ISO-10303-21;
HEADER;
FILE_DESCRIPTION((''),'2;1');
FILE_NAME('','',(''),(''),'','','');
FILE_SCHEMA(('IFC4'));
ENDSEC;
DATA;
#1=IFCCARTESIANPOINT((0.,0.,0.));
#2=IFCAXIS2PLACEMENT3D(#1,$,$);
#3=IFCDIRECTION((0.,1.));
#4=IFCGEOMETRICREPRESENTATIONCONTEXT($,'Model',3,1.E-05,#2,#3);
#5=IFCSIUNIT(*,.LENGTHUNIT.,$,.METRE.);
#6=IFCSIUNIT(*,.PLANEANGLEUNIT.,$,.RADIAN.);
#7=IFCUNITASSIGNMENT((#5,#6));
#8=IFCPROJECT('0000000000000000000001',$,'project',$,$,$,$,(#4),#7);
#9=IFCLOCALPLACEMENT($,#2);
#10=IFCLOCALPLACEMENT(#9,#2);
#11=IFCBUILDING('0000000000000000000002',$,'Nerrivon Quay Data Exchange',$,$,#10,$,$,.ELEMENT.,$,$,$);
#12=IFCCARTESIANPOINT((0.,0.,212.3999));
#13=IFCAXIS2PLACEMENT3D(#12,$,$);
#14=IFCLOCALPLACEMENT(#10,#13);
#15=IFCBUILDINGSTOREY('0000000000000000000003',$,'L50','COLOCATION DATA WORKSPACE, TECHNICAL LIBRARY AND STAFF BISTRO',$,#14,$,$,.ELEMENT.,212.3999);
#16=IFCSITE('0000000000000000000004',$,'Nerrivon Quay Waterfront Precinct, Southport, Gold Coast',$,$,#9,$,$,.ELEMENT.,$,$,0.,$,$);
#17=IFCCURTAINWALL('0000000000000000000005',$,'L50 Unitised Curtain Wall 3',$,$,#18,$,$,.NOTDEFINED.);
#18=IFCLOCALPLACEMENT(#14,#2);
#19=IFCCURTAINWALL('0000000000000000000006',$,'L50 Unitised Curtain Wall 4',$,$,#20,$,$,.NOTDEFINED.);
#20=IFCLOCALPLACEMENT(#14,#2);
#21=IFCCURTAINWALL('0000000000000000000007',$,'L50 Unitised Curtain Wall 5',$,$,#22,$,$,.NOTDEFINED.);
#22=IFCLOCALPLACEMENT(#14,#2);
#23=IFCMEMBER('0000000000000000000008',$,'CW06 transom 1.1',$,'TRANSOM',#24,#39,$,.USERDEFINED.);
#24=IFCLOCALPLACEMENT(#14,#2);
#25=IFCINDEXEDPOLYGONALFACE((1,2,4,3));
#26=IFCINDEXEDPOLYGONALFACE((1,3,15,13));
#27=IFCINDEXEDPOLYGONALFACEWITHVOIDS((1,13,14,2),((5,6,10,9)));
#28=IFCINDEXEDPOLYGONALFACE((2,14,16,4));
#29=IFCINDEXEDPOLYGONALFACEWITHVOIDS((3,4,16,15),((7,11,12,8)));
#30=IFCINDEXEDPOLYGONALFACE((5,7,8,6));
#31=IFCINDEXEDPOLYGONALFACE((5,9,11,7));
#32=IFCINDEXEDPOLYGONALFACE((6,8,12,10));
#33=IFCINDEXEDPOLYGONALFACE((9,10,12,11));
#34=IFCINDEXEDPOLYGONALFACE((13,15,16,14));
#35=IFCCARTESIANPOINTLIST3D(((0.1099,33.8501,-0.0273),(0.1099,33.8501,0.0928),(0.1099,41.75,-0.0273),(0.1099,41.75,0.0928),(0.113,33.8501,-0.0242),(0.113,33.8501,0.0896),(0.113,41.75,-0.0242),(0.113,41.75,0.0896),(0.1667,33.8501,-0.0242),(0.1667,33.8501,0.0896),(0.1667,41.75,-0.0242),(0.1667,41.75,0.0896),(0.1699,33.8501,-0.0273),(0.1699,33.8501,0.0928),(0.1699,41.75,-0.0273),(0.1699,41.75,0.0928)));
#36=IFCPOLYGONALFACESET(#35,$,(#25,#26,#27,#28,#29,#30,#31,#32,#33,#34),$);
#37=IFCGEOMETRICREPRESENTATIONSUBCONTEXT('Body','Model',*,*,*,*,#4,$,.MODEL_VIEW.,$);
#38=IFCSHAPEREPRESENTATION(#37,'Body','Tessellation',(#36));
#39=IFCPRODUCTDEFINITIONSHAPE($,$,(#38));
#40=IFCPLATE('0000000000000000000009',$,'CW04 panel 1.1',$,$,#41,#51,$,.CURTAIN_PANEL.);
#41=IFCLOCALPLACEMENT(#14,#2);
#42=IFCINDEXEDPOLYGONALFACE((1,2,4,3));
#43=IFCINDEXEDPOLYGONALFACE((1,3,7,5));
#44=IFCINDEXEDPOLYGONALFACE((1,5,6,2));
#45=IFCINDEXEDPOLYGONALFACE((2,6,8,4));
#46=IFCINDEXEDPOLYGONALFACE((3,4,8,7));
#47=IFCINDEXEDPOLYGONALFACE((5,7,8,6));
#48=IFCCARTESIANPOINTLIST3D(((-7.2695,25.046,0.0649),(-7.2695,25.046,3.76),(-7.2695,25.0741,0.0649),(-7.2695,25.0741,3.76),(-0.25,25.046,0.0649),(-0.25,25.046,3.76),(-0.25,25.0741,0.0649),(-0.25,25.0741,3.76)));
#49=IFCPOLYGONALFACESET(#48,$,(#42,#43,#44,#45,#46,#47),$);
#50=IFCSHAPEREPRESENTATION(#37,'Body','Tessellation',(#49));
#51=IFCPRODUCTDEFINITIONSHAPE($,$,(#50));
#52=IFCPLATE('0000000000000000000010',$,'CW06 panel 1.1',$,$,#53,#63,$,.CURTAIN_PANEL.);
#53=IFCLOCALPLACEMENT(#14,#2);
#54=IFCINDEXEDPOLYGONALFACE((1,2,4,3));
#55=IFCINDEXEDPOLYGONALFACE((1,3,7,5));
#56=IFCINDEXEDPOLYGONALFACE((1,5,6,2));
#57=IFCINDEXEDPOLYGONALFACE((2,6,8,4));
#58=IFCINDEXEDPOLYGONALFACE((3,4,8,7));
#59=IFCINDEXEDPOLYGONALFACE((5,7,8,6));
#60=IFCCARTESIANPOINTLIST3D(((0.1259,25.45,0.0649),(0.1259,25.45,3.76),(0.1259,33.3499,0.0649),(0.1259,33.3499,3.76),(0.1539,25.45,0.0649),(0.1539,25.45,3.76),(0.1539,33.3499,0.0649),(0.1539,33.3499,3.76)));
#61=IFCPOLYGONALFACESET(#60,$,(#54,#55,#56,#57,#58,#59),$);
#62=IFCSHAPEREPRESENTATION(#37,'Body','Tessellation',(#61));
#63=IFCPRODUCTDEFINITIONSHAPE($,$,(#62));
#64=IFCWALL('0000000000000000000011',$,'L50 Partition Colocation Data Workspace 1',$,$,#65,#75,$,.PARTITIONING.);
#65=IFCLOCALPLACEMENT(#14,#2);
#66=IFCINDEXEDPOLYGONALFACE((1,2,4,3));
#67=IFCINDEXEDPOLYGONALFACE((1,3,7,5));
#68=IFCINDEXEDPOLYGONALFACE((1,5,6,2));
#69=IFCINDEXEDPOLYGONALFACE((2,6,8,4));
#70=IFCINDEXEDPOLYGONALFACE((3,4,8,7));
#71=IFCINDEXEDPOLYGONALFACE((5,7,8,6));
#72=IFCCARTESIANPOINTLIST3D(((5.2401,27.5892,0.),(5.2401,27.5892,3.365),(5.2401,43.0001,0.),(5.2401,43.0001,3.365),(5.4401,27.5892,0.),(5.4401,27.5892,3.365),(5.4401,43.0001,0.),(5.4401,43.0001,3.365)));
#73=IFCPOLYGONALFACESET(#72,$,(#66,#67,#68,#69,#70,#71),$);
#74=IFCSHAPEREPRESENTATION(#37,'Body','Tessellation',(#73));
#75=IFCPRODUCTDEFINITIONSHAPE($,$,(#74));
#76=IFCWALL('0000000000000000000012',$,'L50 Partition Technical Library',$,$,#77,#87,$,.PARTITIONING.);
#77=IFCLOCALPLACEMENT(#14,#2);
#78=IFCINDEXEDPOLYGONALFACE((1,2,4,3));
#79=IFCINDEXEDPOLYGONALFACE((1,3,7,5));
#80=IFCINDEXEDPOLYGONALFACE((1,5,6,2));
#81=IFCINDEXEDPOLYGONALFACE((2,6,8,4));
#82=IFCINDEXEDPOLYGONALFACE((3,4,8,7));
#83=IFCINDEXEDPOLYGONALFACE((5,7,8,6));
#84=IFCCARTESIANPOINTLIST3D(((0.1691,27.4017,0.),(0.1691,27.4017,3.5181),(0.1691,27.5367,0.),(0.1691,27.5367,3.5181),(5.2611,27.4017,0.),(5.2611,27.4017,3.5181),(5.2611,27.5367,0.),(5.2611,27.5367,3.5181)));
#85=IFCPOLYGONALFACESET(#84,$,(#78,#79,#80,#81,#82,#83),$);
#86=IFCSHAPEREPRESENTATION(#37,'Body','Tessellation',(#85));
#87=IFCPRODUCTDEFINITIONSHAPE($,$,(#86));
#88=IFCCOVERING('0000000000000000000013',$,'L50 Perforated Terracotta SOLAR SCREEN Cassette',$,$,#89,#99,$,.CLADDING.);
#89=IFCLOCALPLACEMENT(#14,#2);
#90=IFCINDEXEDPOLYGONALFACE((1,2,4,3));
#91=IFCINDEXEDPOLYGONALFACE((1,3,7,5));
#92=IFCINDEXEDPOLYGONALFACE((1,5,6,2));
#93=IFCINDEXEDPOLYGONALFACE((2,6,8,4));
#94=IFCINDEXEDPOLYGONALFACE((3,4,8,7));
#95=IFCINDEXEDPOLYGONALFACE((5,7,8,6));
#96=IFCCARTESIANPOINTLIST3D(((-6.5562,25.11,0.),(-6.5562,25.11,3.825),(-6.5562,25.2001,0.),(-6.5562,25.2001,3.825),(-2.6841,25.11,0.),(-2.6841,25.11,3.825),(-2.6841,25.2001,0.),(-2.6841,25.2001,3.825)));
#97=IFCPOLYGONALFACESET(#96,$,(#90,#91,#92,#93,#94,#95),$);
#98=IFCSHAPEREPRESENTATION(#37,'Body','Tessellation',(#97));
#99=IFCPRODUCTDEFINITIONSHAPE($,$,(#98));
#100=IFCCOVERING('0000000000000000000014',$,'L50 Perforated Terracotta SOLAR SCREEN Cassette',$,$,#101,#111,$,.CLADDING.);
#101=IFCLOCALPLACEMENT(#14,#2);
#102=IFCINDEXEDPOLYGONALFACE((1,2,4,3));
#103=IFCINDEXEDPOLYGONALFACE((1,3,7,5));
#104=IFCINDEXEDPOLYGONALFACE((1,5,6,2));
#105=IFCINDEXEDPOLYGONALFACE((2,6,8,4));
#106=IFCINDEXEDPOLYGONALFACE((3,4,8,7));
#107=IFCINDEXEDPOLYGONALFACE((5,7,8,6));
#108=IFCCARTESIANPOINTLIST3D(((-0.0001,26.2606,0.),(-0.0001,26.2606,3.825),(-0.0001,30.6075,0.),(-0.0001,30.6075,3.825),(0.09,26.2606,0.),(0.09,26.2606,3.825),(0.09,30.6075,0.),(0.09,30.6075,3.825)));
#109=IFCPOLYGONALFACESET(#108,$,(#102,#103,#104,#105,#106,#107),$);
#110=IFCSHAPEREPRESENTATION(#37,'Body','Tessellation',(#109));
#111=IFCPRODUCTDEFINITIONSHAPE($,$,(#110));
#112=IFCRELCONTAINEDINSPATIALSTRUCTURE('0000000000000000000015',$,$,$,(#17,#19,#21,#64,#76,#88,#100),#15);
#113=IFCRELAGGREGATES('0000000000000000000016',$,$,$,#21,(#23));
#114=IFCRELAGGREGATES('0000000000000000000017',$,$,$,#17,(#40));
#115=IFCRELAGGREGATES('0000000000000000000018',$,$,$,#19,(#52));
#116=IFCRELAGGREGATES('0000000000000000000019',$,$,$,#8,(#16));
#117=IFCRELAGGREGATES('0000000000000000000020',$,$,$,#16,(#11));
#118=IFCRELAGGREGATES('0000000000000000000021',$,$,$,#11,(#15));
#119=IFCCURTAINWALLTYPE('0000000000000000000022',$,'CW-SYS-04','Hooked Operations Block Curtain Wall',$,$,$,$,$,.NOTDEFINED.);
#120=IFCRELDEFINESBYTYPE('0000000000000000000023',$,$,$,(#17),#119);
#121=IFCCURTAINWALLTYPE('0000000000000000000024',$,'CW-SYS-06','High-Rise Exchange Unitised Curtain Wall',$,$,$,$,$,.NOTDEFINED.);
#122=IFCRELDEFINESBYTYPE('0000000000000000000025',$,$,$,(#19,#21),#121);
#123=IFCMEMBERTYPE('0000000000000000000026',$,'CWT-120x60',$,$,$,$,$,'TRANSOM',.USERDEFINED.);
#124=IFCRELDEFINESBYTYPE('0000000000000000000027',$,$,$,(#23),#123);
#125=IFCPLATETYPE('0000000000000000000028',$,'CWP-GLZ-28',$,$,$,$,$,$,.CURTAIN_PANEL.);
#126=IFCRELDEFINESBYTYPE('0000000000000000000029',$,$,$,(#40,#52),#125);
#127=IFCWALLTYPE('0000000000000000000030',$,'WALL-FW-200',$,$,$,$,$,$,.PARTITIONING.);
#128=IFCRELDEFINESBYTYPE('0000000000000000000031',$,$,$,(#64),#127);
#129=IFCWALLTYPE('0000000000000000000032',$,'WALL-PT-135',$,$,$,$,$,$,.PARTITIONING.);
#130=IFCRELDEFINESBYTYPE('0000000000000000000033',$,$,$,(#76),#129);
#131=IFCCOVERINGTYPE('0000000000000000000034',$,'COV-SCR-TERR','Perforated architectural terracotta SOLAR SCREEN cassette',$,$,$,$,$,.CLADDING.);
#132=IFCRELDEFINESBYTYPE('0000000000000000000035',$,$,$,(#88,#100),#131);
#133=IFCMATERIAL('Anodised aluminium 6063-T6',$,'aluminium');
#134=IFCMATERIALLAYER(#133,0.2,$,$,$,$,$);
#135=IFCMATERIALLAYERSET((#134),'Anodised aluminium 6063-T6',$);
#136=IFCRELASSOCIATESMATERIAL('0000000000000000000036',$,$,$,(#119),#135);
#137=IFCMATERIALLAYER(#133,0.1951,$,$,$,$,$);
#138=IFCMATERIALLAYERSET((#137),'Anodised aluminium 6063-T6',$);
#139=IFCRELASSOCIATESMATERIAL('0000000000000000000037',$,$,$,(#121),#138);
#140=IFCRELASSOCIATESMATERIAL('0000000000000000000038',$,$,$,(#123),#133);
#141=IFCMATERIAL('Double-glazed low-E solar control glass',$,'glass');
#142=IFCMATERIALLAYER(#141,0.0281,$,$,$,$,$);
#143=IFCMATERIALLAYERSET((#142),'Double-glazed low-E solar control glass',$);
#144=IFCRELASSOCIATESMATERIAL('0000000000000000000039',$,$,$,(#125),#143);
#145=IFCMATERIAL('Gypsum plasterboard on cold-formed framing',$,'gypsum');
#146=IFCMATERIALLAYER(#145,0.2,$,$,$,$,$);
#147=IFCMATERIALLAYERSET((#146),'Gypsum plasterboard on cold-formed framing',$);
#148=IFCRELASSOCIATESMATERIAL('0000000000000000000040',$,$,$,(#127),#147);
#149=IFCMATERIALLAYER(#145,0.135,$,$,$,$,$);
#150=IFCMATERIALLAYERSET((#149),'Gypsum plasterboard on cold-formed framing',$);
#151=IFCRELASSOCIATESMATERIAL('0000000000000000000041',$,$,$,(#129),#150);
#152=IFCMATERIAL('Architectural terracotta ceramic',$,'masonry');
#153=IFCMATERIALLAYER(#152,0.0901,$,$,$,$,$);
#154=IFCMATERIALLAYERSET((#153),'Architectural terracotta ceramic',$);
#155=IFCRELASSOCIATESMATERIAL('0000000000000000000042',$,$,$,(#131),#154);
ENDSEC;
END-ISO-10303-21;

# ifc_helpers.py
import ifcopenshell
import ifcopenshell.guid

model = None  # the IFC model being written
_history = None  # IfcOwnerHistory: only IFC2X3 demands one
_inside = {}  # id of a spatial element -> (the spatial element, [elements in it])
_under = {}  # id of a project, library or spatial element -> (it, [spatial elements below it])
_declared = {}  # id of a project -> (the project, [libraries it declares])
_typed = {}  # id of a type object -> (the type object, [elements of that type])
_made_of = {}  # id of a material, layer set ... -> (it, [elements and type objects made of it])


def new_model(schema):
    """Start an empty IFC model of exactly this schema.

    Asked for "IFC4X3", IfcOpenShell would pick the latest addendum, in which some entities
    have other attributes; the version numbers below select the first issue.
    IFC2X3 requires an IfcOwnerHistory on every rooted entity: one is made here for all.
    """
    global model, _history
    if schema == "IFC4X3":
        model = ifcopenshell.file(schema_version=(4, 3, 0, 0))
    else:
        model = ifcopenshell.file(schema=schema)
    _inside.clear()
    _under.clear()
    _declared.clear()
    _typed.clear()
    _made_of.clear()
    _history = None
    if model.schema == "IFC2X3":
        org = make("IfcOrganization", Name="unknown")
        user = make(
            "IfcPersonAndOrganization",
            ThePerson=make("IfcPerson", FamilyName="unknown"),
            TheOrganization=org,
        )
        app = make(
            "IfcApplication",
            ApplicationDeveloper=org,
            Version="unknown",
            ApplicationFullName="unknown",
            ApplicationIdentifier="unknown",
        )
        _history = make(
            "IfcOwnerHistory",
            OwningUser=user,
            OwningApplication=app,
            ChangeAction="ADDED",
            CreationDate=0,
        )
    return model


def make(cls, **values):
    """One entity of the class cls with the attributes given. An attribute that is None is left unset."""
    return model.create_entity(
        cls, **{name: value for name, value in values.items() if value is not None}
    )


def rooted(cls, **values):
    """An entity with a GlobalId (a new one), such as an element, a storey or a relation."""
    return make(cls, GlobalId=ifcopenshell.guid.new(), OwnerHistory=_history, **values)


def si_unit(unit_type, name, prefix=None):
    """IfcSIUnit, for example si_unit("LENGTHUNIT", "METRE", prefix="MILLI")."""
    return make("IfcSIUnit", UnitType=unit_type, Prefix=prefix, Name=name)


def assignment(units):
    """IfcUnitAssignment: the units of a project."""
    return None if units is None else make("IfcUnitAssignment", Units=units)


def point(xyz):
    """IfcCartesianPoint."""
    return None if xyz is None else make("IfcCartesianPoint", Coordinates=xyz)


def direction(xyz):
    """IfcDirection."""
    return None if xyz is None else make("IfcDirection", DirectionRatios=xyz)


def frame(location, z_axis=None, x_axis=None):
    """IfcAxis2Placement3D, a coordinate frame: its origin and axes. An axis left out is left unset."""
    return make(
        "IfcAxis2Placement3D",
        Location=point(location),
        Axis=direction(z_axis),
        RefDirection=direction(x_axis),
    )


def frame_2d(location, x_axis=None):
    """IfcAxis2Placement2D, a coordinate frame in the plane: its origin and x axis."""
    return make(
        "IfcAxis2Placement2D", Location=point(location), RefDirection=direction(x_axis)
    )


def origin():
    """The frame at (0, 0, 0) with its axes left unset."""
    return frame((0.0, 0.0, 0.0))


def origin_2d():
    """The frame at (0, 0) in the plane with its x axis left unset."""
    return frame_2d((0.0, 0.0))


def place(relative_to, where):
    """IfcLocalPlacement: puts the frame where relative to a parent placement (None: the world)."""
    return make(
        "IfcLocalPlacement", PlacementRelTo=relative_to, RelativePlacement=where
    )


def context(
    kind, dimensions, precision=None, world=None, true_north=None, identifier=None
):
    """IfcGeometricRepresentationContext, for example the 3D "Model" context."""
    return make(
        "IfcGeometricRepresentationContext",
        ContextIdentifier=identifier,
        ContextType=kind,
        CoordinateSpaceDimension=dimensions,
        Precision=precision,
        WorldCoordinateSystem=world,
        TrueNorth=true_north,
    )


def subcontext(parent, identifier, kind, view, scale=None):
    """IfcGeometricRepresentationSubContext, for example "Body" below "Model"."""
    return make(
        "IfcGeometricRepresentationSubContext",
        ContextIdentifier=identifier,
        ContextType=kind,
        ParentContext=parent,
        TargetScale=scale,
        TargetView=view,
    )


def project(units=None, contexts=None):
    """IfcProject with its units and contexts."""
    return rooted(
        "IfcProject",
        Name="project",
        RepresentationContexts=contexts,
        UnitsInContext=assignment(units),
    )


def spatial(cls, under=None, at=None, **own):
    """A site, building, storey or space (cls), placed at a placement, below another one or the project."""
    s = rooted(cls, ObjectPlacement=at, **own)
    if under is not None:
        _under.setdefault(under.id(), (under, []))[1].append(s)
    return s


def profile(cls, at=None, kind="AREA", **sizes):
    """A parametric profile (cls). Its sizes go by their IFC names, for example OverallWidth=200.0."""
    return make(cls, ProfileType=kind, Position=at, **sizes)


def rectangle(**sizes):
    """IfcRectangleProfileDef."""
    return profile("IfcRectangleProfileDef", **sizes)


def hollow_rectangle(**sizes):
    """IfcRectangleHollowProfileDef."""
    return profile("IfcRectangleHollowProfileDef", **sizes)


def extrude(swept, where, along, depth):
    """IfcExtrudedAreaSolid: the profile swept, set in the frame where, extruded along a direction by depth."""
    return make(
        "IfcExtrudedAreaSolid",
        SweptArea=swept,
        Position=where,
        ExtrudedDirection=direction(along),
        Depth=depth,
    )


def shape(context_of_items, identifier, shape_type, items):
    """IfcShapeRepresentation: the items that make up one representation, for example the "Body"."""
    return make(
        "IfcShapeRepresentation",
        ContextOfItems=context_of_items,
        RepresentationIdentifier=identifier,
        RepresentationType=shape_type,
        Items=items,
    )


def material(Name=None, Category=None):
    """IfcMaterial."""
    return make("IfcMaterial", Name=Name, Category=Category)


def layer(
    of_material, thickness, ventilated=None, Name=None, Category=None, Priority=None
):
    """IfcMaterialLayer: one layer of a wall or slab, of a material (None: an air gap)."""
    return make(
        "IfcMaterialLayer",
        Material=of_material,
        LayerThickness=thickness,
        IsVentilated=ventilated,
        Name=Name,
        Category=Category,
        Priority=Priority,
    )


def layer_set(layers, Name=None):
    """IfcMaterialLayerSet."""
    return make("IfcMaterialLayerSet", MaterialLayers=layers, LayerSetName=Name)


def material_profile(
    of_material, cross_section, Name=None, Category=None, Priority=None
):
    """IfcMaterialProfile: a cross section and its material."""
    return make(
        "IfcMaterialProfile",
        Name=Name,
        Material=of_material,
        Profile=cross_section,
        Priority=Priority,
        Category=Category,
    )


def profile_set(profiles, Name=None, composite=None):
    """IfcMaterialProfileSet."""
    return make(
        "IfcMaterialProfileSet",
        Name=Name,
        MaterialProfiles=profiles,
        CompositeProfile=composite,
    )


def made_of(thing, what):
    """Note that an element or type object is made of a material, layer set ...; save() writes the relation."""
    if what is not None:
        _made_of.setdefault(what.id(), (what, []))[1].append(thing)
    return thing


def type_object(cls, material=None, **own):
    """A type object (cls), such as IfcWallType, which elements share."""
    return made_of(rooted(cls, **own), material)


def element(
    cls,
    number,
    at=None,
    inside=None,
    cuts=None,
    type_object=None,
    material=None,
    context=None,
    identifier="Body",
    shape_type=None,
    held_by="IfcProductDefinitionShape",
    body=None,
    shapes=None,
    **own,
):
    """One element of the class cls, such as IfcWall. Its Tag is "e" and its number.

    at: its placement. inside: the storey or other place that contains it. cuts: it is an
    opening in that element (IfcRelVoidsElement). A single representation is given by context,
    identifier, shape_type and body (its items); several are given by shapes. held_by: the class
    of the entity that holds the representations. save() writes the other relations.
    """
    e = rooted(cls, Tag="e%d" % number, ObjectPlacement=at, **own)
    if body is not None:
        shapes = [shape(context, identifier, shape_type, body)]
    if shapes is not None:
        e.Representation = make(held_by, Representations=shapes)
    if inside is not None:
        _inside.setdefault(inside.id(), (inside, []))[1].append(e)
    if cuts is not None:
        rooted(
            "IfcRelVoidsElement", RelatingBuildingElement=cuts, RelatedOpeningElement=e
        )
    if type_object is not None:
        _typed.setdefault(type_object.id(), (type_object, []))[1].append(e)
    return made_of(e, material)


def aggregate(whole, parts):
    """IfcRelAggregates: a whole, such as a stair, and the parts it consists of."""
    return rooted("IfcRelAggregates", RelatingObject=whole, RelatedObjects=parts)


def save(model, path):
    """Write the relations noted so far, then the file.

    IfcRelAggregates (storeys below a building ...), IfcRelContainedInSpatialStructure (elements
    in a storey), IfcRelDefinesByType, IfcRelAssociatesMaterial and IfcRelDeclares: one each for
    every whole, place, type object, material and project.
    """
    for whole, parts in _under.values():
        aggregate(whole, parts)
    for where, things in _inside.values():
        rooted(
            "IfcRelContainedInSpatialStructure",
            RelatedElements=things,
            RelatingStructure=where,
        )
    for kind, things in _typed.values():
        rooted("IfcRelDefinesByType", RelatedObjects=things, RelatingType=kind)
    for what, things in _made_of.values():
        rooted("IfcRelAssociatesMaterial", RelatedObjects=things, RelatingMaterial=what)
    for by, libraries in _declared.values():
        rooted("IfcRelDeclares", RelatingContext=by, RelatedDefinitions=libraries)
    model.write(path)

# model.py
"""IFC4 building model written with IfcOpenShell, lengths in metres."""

from ifc_helpers import new_model, si_unit, direction, frame, frame_2d, origin, origin_2d, place, context, subcontext, project, spatial, rectangle, hollow_rectangle, extrude, material, layer, layer_set, material_profile, profile_set, type_object, element, aggregate, save


model = new_model("IFC4")

# Units and contexts
model_context = context("Model", 3, precision=1e-05, world=origin(), true_north=direction((0.0, 1.0)))
body_context = subcontext(model_context, "Body", "Model", "MODEL_VIEW")
ifc_project = project(units=[si_unit("LENGTHUNIT", "METRE"), si_unit("PLANEANGLEUNIT", "RADIAN")], contexts=[model_context])

# Site, building, storey
site_placement = place(None, origin())
site = spatial("IfcSite", under=ifc_project, at=site_placement, Name="Nerrivon Quay Waterfront Precinct, Southport, Gold Coast", CompositionType="ELEMENT", RefElevation=0.0)
building_placement = place(site_placement, origin())
building = spatial("IfcBuilding", under=site, at=building_placement, Name="Nerrivon Quay Data Exchange", CompositionType="ELEMENT")
storey_placement = place(building_placement, frame((0.0, 0.0, 212.3999)))
storey = spatial("IfcBuildingStorey", under=building, at=storey_placement, Name="L50", Description="COLOCATION DATA WORKSPACE, TECHNICAL LIBRARY AND STAFF BISTRO", CompositionType="ELEMENT", Elevation=212.3999)

# Curtain wall
ifc_material_1 = material(Name="Anodised aluminium 6063-T6", Category="aluminium")
ifc_layer_1 = layer(ifc_material_1, 0.2)
ifc_layer_set_1 = layer_set([ifc_layer_1], Name="Anodised aluminium 6063-T6")
curtain_wall_type_1 = type_object("IfcCurtainWallType", Name="CW-SYS-04", Description="Hooked Operations Block Curtain Wall", PredefinedType="NOTDEFINED", material=ifc_layer_set_1)
curtain_wall_1_placement = place(storey_placement, origin())
curtain_wall_1 = element("IfcCurtainWall", 1, at=curtain_wall_1_placement, inside=storey, type_object=curtain_wall_type_1, Name="L50 Unitised Curtain Wall 3", PredefinedType="NOTDEFINED")

# Curtain wall
ifc_layer_2 = layer(ifc_material_1, 0.1951)
ifc_layer_set_2 = layer_set([ifc_layer_2], Name="Anodised aluminium 6063-T6")
curtain_wall_type_2 = type_object("IfcCurtainWallType", Name="CW-SYS-06", Description="High-Rise Exchange Unitised Curtain Wall", PredefinedType="NOTDEFINED", material=ifc_layer_set_2)
curtain_wall_2_placement = place(storey_placement, origin())
curtain_wall_2 = element("IfcCurtainWall", 2, at=curtain_wall_2_placement, inside=storey, type_object=curtain_wall_type_2, Name="L50 Unitised Curtain Wall 4", PredefinedType="NOTDEFINED")

# Curtain wall
curtain_wall_3_placement = place(storey_placement, origin())
curtain_wall_3 = element("IfcCurtainWall", 3, at=curtain_wall_3_placement, inside=storey, type_object=curtain_wall_type_2, Name="L50 Unitised Curtain Wall 5", PredefinedType="NOTDEFINED")

# Member
ifc_material_profile_1 = material_profile(ifc_material_1, hollow_rectangle(XDim=0.0601, YDim=0.1201, WallThickness=0.0032, at=origin_2d()), Name="ALU-TRAN-120x60")
ifc_profile_set_1 = profile_set([ifc_material_profile_1], Name="Anodised aluminium 6063-T6")
member_type_1 = type_object("IfcMemberType", Name="CWT-120x60", ElementType="TRANSOM", PredefinedType="USERDEFINED", material=ifc_profile_set_1)
member_1_placement = place(storey_placement, frame((0.1399, 33.8501, 0.0327), z_axis=(0.0, 1.0, 0.0), x_axis=(-1.0, 0.0, 0.0)))
member_1 = element("IfcMember", 4, at=member_1_placement, type_object=member_type_1, Name="CW06 transom 1.1", ObjectType="TRANSOM", PredefinedType="USERDEFINED", context=body_context, shape_type="SweptSolid", body=[
    extrude(hollow_rectangle(XDim=0.0601, YDim=0.1201, WallThickness=0.0032, at=origin_2d()), origin(), (0.0, 0.0, 1.0), 7.8999),
])
aggregate(curtain_wall_3, [member_1])

# Plates
ifc_material_2 = material(Name="Double-glazed low-E solar control glass", Category="glass")
ifc_layer_3 = layer(ifc_material_2, 0.0281)
ifc_layer_set_3 = layer_set([ifc_layer_3], Name="Double-glazed low-E solar control glass")
plate_type = type_object("IfcPlateType", Name="CWP-GLZ-28", PredefinedType="CURTAIN_PANEL", material=ifc_layer_set_3)
plate_1_placement = place(storey_placement, frame((-3.7598, 25.0601, 0.0649), z_axis=(0.0, 0.0, 1.0), x_axis=(1.0, 0.0, 0.0)))
plate_1 = element("IfcPlate", 5, at=plate_1_placement, type_object=plate_type, Name="CW04 panel 1.1", PredefinedType="CURTAIN_PANEL", context=body_context, shape_type="SweptSolid", body=[
    extrude(rectangle(XDim=7.0195, YDim=0.0281, at=origin_2d()), origin(), (0.0, 0.0, 1.0), 3.6951),
])
aggregate(curtain_wall_1, [plate_1])
plate_2_placement = place(storey_placement, frame((0.1399, 29.3999, 0.0649), z_axis=(0.0, 0.0, 1.0), x_axis=(0.0, 1.0, 0.0)))
plate_2 = element("IfcPlate", 6, at=plate_2_placement, type_object=plate_type, Name="CW06 panel 1.1", PredefinedType="CURTAIN_PANEL", context=body_context, shape_type="SweptSolid", body=[
    extrude(rectangle(XDim=7.8999, YDim=0.0281, at=origin_2d()), origin(), (0.0, 0.0, 1.0), 3.6951),
])
aggregate(curtain_wall_2, [plate_2])

# Walls
ifc_material_3 = material(Name="Gypsum plasterboard on cold-formed framing", Category="gypsum")
ifc_layer_4 = layer(ifc_material_3, 0.2)
ifc_layer_set_4 = layer_set([ifc_layer_4], Name="Gypsum plasterboard on cold-formed framing")
wall_type_1 = type_object("IfcWallType", Name="WALL-FW-200", PredefinedType="PARTITIONING", material=ifc_layer_set_4)
wall_1_placement = place(storey_placement, frame((5.3401, 27.5891, 0.0), z_axis=(0.0, 0.0, 1.0), x_axis=(0.0, 1.0, 0.0)))
element("IfcWall", 7, at=wall_1_placement, inside=storey, type_object=wall_type_1, Name="L50 Partition Colocation Data Workspace 1", PredefinedType="PARTITIONING", context=body_context, shape_type="SweptSolid", body=[
    extrude(rectangle(XDim=15.4109, YDim=0.2, at=frame_2d((7.7056, 0.0))), origin(), (0.0, 0.0, 1.0), 3.365),
])
ifc_layer_5 = layer(ifc_material_3, 0.135)
ifc_layer_set_5 = layer_set([ifc_layer_5], Name="Gypsum plasterboard on cold-formed framing")
wall_type_2 = type_object("IfcWallType", Name="WALL-PT-135", PredefinedType="PARTITIONING", material=ifc_layer_set_5)
wall_2_placement = place(storey_placement, frame((5.261, 27.4692, 0.0), z_axis=(0.0, 0.0, 1.0), x_axis=(-1.0, 0.0, 0.0)))
element("IfcWall", 8, at=wall_2_placement, inside=storey, type_object=wall_type_2, Name="L50 Partition Technical Library", PredefinedType="PARTITIONING", context=body_context, shape_type="SweptSolid", body=[
    extrude(rectangle(XDim=5.092, YDim=0.135, at=frame_2d((2.5459, 0.0))), origin(), (0.0, 0.0, 1.0), 3.5181),
])

# Coverings
ifc_material_4 = material(Name="Architectural terracotta ceramic", Category="masonry")
ifc_layer_6 = layer(ifc_material_4, 0.0901)
ifc_layer_set_6 = layer_set([ifc_layer_6], Name="Architectural terracotta ceramic")
covering_type = type_object("IfcCoveringType", Name="COV-SCR-TERR", Description="Perforated architectural terracotta SOLAR SCREEN cassette", PredefinedType="CLADDING", material=ifc_layer_set_6)
covering_1_placement = place(storey_placement, frame((-4.6201, 25.155, 0.0), z_axis=(0.0, 0.0, 1.0), x_axis=(1.0, 0.0, 0.0)))
element("IfcCovering", 9, at=covering_1_placement, inside=storey, type_object=covering_type, Name="L50 Perforated Terracotta SOLAR SCREEN Cassette", PredefinedType="CLADDING", context=body_context, shape_type="SweptSolid", body=[
    extrude(rectangle(XDim=3.8721, YDim=0.0901, at=origin_2d()), origin(), (0.0, 0.0, 1.0), 3.825),
])
covering_2_placement = place(storey_placement, frame((0.0449, 28.4341, 0.0), z_axis=(0.0, 0.0, 1.0), x_axis=(0.0, 1.0, 0.0)))
element("IfcCovering", 10, at=covering_2_placement, inside=storey, type_object=covering_type, Name="L50 Perforated Terracotta SOLAR SCREEN Cassette", PredefinedType="CLADDING", context=body_context, shape_type="SweptSolid", body=[
    extrude(rectangle(XDim=4.3469, YDim=0.0901, at=origin_2d()), origin(), (0.0, 0.0, 1.0), 3.825),
])

save(model, "model.ifc")
